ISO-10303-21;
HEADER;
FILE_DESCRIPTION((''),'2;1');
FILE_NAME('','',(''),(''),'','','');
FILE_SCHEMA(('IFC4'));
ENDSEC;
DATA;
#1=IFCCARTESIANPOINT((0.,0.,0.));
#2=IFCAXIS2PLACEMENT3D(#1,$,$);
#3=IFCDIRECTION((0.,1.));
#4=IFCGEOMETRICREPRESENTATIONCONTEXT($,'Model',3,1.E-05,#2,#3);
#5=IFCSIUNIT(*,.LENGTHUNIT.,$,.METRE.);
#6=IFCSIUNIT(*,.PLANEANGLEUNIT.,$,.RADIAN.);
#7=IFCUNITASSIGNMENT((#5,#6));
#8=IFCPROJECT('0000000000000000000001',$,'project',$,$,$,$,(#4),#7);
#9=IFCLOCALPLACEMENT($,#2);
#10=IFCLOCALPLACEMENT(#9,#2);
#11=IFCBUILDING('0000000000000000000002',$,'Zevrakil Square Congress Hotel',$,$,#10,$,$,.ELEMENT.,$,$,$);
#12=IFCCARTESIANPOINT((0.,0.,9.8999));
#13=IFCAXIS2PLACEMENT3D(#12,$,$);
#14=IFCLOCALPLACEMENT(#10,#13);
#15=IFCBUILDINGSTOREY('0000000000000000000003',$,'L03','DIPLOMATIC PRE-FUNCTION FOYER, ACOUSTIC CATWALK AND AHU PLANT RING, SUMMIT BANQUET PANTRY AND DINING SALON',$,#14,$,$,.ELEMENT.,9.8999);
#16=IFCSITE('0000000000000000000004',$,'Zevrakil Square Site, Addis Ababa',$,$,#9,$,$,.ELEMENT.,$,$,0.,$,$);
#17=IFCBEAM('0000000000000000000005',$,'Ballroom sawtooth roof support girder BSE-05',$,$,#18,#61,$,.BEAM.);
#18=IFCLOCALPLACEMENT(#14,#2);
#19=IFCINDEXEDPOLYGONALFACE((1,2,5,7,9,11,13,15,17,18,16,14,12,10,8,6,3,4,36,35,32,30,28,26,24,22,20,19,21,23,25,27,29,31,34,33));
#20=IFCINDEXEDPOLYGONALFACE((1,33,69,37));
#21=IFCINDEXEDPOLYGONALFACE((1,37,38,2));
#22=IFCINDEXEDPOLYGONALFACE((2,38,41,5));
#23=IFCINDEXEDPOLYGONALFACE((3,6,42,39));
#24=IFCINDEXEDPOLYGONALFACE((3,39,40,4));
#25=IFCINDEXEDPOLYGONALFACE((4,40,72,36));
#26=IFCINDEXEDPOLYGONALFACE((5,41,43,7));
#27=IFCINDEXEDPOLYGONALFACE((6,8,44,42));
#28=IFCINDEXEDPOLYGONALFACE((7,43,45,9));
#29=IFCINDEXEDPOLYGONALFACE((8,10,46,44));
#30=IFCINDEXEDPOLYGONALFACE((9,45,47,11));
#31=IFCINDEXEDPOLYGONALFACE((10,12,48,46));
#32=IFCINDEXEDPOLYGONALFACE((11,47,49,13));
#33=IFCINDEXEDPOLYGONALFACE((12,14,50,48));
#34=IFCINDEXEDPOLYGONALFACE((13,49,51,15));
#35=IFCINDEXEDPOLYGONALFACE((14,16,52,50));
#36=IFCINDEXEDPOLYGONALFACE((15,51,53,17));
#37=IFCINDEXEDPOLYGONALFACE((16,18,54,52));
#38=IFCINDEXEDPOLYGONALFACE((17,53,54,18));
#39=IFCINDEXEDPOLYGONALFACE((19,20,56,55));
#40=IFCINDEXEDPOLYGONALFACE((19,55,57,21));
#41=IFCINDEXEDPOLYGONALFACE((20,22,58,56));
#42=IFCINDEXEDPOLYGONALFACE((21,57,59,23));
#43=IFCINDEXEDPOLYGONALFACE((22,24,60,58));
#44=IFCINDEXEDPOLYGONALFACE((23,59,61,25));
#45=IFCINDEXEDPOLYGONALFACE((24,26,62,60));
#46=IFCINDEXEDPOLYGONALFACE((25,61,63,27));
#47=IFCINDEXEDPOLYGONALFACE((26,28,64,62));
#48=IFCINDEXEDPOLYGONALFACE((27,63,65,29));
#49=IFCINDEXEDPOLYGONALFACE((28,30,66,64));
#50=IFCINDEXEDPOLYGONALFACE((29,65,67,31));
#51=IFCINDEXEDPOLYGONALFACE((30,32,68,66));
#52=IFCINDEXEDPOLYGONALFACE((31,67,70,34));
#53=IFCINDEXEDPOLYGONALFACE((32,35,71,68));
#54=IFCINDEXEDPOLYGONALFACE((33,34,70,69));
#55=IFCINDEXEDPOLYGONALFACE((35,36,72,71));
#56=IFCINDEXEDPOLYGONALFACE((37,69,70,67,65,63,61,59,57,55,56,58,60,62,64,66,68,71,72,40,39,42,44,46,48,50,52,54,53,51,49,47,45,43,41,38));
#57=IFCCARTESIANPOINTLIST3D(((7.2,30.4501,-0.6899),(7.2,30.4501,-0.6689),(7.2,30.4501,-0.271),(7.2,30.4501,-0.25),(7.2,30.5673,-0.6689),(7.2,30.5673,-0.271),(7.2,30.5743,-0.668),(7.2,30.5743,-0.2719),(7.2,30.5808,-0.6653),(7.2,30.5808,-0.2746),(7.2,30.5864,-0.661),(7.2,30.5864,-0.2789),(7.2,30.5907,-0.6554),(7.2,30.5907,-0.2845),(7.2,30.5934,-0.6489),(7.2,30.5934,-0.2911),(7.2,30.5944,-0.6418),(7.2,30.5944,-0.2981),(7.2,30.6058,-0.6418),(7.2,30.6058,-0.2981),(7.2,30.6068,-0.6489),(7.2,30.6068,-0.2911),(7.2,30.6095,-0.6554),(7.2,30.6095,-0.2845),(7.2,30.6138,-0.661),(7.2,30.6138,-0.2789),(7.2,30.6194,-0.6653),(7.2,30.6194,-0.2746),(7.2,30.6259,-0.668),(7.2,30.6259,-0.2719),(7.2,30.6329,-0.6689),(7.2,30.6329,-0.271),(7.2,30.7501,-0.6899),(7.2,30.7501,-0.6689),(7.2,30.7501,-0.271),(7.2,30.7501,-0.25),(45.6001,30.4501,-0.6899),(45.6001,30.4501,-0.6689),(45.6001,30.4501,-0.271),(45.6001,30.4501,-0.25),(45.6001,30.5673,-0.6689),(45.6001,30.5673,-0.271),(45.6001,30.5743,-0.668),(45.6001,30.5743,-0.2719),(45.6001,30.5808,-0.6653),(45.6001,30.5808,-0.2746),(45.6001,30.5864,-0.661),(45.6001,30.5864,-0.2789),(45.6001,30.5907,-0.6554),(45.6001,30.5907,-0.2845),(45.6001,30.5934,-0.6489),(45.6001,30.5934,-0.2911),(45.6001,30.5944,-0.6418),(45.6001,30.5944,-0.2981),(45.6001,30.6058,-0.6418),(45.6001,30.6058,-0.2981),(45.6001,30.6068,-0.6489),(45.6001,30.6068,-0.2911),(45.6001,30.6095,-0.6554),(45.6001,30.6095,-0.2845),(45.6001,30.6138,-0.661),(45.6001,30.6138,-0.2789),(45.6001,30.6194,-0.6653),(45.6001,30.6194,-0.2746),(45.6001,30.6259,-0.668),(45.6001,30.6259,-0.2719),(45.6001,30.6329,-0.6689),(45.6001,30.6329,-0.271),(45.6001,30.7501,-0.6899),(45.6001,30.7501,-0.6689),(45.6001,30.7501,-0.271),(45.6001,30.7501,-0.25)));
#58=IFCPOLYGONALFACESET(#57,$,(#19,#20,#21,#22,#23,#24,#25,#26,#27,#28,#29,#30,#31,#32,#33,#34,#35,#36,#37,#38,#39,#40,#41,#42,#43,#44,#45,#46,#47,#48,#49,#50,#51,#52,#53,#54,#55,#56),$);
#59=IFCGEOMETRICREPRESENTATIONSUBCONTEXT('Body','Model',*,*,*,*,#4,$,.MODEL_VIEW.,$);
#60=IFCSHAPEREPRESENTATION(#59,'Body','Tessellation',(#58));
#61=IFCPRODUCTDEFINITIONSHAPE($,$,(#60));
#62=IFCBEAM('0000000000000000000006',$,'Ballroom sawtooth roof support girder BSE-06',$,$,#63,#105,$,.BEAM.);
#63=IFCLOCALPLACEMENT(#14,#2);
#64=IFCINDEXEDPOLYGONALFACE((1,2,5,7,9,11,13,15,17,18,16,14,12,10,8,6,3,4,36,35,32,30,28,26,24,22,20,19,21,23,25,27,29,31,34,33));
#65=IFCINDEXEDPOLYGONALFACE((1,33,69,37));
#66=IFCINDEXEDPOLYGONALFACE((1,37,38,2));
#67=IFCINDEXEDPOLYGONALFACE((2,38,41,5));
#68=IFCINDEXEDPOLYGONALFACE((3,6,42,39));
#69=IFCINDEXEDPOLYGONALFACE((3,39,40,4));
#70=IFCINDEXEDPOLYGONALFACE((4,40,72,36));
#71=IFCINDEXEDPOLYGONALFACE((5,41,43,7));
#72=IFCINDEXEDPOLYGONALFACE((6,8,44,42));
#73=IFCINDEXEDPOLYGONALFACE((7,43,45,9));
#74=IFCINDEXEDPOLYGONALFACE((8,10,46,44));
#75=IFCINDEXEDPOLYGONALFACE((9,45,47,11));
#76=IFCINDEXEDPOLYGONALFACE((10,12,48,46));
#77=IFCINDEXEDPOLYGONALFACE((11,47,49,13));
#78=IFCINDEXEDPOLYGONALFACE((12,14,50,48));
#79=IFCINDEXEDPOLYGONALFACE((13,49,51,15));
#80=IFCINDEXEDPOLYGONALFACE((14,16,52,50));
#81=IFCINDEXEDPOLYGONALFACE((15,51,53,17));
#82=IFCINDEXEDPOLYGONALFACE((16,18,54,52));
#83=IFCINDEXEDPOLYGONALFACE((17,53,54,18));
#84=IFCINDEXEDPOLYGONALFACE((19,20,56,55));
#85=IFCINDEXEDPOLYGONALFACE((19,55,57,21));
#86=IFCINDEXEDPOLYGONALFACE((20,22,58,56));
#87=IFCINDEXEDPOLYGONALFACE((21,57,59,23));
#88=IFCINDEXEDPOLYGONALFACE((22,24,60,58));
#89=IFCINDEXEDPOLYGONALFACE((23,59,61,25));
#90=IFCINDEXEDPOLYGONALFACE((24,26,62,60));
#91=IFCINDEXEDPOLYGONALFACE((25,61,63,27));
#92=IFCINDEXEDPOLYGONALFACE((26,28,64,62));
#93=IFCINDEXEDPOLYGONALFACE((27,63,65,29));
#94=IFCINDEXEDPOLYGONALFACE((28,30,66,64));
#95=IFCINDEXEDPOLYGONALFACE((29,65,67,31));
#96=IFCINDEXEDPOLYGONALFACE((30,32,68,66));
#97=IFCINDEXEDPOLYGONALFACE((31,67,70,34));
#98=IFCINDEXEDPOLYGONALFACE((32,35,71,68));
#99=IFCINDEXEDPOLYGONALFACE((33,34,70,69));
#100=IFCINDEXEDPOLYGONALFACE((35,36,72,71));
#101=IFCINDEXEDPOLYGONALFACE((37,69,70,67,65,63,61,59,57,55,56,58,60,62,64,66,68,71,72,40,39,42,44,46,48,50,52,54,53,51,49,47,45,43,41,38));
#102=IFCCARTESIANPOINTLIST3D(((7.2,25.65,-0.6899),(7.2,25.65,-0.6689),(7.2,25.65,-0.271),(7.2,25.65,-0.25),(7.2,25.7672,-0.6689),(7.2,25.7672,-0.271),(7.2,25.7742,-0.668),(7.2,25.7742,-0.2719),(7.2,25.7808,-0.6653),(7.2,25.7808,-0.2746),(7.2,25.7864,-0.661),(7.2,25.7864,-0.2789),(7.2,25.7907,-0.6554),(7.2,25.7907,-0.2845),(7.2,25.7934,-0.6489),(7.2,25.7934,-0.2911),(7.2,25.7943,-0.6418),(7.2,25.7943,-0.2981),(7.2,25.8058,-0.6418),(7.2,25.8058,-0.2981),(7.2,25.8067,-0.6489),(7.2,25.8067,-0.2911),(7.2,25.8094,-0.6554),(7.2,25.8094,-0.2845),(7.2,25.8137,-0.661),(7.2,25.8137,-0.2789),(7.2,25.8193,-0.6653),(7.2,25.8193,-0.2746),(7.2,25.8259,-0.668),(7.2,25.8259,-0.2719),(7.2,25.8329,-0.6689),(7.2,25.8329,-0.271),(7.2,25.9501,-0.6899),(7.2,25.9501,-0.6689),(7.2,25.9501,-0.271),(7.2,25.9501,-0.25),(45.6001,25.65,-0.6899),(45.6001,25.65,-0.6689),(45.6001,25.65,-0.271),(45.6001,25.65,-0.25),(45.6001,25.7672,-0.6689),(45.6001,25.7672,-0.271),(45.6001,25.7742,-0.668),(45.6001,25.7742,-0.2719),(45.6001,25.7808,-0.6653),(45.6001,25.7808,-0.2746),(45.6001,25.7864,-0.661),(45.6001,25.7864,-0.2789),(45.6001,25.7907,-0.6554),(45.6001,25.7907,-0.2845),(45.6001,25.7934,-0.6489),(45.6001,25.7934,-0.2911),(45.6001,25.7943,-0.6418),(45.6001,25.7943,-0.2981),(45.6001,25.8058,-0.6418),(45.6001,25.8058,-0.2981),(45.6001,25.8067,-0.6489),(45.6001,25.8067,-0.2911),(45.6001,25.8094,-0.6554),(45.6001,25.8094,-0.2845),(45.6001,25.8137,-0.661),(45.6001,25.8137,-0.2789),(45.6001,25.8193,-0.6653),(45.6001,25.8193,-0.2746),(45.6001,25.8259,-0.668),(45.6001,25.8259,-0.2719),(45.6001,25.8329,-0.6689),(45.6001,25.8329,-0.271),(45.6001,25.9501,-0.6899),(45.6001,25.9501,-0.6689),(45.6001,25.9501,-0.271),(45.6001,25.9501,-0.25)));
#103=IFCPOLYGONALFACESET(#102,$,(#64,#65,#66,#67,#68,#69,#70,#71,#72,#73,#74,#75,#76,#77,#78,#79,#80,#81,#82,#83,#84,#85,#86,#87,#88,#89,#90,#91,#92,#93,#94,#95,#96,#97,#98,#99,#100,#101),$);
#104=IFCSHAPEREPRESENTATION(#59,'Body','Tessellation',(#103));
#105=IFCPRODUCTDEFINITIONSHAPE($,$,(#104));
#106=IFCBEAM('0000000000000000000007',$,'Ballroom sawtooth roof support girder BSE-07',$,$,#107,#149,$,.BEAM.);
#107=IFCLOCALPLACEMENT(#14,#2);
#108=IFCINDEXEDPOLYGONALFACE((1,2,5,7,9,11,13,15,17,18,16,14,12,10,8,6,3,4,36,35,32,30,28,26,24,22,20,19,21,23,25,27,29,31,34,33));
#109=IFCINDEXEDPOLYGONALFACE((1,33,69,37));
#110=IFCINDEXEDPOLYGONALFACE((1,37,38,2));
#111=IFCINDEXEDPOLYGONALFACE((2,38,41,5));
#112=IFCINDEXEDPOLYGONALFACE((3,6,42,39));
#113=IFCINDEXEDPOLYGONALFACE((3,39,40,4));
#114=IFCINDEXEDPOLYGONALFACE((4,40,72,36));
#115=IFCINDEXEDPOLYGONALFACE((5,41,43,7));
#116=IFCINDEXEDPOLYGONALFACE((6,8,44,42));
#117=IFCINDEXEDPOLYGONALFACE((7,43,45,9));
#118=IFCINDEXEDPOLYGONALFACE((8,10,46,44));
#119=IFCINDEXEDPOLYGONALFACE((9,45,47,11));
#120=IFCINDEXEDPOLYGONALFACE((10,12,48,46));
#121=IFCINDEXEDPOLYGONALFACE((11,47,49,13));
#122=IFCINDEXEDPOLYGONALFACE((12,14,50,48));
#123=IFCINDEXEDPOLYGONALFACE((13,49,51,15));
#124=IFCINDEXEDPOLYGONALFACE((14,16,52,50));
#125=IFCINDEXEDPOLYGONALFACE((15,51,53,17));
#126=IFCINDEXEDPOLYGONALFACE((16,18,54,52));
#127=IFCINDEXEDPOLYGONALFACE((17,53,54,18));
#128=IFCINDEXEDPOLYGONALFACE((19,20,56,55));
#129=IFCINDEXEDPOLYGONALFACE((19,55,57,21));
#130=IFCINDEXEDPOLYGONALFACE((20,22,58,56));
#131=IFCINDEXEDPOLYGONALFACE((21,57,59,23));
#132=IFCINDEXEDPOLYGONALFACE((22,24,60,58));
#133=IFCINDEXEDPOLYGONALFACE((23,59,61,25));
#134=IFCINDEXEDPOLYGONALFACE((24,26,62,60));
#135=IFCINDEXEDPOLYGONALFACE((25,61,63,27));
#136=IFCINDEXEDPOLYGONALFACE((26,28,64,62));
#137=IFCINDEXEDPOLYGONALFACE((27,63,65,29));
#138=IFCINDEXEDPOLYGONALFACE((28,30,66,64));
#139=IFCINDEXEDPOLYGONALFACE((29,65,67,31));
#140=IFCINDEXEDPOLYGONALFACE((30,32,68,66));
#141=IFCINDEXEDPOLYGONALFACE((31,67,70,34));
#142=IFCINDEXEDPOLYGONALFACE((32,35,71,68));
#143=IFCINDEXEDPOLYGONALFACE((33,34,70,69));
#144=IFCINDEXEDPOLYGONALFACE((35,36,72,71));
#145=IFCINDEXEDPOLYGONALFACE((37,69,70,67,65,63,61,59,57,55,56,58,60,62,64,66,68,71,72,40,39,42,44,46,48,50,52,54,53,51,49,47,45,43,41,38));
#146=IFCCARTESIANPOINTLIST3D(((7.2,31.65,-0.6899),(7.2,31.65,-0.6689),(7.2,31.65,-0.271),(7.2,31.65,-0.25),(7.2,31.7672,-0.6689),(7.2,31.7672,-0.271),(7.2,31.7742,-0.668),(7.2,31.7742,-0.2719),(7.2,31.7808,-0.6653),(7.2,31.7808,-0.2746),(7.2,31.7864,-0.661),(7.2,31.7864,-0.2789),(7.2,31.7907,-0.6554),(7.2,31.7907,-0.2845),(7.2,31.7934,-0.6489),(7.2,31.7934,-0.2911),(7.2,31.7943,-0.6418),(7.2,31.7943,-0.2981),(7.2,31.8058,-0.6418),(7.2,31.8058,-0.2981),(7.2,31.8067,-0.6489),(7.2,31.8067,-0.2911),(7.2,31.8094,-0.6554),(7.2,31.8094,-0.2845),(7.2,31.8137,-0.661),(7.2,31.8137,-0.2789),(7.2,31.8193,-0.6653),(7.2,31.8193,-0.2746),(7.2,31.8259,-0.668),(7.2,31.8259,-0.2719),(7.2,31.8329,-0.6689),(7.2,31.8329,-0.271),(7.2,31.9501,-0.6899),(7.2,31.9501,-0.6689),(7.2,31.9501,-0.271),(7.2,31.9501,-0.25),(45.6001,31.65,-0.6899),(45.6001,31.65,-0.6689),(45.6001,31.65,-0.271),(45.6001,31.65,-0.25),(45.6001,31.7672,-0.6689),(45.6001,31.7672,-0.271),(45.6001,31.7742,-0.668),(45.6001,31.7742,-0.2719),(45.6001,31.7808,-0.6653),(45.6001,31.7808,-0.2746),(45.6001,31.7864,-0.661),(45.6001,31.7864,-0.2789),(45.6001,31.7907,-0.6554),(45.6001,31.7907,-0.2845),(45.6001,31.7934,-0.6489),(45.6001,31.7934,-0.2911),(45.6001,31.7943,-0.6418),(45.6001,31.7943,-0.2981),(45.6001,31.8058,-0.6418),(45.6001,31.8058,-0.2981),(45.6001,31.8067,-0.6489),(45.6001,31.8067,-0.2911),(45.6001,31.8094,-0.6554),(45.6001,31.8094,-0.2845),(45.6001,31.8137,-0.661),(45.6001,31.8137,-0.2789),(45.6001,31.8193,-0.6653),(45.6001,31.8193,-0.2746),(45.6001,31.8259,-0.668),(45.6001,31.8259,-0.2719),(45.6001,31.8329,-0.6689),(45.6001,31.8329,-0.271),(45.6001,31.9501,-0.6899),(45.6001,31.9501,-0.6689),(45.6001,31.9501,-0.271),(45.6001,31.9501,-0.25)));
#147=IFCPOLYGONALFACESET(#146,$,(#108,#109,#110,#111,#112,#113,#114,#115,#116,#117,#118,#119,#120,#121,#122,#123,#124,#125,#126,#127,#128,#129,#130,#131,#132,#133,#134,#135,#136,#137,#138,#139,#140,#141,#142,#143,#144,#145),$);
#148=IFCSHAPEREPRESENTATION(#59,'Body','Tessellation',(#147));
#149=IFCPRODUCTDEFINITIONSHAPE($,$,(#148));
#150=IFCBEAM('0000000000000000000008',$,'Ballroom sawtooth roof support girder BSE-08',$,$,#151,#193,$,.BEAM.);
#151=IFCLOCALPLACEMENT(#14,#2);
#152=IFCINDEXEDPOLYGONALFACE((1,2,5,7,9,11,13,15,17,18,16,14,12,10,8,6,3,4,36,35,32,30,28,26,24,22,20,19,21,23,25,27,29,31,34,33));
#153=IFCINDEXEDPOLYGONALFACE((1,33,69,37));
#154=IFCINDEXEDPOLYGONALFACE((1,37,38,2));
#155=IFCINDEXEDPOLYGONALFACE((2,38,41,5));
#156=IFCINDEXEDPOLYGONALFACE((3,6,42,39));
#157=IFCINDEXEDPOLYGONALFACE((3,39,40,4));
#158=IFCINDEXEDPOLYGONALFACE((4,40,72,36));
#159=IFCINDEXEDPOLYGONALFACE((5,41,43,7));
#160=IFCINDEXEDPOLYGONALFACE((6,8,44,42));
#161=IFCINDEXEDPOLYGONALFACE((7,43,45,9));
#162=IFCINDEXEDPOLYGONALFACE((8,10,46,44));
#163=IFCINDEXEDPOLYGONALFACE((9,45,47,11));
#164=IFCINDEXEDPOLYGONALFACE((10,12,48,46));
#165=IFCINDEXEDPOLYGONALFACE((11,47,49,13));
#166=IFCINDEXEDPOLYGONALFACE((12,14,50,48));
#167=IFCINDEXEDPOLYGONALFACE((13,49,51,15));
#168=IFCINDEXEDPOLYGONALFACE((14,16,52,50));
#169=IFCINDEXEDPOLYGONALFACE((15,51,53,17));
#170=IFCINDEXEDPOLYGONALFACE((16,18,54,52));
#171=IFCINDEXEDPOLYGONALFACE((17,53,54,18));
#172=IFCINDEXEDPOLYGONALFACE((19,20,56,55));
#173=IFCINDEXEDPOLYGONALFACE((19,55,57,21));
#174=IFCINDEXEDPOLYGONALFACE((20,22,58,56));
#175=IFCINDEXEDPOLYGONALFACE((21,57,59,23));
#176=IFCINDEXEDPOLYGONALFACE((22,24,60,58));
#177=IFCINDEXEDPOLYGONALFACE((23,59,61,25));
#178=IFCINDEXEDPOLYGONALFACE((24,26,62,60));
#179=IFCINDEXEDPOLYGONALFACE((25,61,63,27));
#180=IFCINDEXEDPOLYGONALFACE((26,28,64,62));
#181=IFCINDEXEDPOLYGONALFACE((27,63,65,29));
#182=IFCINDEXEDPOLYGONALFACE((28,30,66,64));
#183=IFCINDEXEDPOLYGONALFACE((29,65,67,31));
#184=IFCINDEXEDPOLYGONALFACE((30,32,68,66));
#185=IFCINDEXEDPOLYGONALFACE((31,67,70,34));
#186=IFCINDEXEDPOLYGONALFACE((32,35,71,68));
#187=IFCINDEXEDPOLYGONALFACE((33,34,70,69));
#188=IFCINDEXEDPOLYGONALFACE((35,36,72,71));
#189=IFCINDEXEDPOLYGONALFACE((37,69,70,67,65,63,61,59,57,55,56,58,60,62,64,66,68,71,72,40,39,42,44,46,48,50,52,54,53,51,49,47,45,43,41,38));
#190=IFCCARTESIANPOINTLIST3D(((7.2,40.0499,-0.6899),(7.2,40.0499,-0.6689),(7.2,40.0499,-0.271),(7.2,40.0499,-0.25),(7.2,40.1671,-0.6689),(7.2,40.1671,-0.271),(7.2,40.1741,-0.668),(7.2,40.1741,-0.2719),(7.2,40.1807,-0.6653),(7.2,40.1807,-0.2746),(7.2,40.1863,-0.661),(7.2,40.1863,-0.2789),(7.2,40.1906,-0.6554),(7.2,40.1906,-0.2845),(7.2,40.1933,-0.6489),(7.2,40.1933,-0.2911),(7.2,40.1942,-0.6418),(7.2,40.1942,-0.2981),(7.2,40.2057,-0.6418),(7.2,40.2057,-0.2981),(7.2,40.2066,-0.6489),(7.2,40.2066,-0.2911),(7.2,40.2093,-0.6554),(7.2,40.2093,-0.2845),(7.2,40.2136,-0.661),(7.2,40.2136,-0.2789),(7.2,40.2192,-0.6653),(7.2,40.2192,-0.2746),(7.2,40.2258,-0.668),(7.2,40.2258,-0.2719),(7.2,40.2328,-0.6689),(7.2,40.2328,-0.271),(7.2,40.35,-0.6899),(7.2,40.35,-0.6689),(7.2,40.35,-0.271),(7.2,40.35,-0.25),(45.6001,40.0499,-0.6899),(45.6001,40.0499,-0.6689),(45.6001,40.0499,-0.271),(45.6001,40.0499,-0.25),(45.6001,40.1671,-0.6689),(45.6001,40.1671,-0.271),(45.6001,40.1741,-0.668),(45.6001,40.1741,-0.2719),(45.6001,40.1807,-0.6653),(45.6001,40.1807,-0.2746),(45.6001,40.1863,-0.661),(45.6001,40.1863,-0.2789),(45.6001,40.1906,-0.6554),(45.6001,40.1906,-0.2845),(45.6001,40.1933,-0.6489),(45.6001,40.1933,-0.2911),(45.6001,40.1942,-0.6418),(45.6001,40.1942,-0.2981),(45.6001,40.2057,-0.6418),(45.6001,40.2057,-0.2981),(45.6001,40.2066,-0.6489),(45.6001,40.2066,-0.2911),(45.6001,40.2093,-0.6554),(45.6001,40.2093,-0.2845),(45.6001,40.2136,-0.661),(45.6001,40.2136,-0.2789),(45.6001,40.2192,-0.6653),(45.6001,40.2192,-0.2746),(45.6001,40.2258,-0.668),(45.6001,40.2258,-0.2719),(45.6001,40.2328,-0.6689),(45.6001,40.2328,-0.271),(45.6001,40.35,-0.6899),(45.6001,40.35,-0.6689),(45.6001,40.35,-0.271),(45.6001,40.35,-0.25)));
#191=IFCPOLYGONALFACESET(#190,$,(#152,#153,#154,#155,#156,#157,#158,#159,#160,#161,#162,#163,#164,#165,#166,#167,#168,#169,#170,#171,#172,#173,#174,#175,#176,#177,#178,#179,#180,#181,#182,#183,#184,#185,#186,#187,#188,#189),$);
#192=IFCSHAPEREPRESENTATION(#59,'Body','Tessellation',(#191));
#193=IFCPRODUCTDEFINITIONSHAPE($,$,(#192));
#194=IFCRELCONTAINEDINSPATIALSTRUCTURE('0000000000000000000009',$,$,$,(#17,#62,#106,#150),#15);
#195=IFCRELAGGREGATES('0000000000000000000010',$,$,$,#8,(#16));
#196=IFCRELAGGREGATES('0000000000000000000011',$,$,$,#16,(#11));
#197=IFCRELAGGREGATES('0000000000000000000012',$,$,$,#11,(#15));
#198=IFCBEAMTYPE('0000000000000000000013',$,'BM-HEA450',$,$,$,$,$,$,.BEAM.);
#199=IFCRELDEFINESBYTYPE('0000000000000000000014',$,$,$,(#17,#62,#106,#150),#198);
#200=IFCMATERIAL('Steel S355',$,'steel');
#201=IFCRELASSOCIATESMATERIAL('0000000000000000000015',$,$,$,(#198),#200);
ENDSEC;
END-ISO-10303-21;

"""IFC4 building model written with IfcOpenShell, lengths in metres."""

from ifc_helpers import new_model, si_unit, direction, frame, origin, origin_2d, place, context, subcontext, project, spatial, i_section, extrude, material, material_profile, profile_set, type_object, element, save


model = new_model("IFC4")

# Units and contexts
model_context = context("Model", 3, precision=1e-05, world=origin(), true_north=direction((0.0, 1.0)))
body_context = subcontext(model_context, "Body", "Model", "MODEL_VIEW")
ifc_project = project(units=[si_unit("LENGTHUNIT", "METRE"), si_unit("PLANEANGLEUNIT", "RADIAN")], contexts=[model_context])

# Site, building, storey
site_placement = place(None, origin())
site = spatial("IfcSite", under=ifc_project, at=site_placement, Name="Zevrakil Square Site, Addis Ababa", CompositionType="ELEMENT", RefElevation=0.0)
building_placement = place(site_placement, origin())
building = spatial("IfcBuilding", under=site, at=building_placement, Name="Zevrakil Square Congress Hotel", CompositionType="ELEMENT")
storey_placement = place(building_placement, frame((0.0, 0.0, 9.8999)))
storey = spatial("IfcBuildingStorey", under=building, at=storey_placement, Name="L03", Description="DIPLOMATIC PRE-FUNCTION FOYER, ACOUSTIC CATWALK AND AHU PLANT RING, SUMMIT BANQUET PANTRY AND DINING SALON", CompositionType="ELEMENT", Elevation=9.8999)

# Beams
ifc_material_1 = material(Name="Steel S355", Category="steel")
ifc_material_profile_1 = material_profile(ifc_material_1, i_section(OverallWidth=0.3, OverallDepth=0.4399, WebThickness=0.0115, FlangeThickness=0.021, FilletRadius=0.0271, at=origin_2d()), Name="HEA 450")
ifc_profile_set_1 = profile_set([ifc_material_profile_1], Name="Steel S355")
beam_type_1 = type_object("IfcBeamType", Name="BM-HEA450", PredefinedType="BEAM", material=ifc_profile_set_1)
for number, where, z_axis, x_axis, name in (
    (1, (7.2, 30.6001, -0.47), (1.0, 0.0, 0.0), (0.0, 1.0, 0.0), "Ballroom sawtooth roof support girder BSE-05"),
    (2, (7.2, 25.8, -0.47), (1.0, 0.0, 0.0), (0.0, 1.0, 0.0), "Ballroom sawtooth roof support girder BSE-06"),
    (3, (7.2, 31.8, -0.47), (1.0, 0.0, 0.0), (0.0, 1.0, 0.0), "Ballroom sawtooth roof support girder BSE-07"),
    (4, (7.2, 40.2, -0.47), (1.0, 0.0, 0.0), (0.0, 1.0, 0.0), "Ballroom sawtooth roof support girder BSE-08"),
):
    element("IfcBeam", number, at=place(storey_placement, frame(where, z_axis=z_axis, x_axis=x_axis)), inside=storey, type_object=beam_type_1, Name=name, PredefinedType="BEAM", context=body_context, shape_type="SweptSolid", body=[
        extrude(i_section(OverallWidth=0.3, OverallDepth=0.4399, WebThickness=0.0115, FlangeThickness=0.021, FilletRadius=0.0271, at=origin_2d()), origin(), (0.0, 0.0, 1.0), 38.4001),
    ])

save(model, "model.ifc")
